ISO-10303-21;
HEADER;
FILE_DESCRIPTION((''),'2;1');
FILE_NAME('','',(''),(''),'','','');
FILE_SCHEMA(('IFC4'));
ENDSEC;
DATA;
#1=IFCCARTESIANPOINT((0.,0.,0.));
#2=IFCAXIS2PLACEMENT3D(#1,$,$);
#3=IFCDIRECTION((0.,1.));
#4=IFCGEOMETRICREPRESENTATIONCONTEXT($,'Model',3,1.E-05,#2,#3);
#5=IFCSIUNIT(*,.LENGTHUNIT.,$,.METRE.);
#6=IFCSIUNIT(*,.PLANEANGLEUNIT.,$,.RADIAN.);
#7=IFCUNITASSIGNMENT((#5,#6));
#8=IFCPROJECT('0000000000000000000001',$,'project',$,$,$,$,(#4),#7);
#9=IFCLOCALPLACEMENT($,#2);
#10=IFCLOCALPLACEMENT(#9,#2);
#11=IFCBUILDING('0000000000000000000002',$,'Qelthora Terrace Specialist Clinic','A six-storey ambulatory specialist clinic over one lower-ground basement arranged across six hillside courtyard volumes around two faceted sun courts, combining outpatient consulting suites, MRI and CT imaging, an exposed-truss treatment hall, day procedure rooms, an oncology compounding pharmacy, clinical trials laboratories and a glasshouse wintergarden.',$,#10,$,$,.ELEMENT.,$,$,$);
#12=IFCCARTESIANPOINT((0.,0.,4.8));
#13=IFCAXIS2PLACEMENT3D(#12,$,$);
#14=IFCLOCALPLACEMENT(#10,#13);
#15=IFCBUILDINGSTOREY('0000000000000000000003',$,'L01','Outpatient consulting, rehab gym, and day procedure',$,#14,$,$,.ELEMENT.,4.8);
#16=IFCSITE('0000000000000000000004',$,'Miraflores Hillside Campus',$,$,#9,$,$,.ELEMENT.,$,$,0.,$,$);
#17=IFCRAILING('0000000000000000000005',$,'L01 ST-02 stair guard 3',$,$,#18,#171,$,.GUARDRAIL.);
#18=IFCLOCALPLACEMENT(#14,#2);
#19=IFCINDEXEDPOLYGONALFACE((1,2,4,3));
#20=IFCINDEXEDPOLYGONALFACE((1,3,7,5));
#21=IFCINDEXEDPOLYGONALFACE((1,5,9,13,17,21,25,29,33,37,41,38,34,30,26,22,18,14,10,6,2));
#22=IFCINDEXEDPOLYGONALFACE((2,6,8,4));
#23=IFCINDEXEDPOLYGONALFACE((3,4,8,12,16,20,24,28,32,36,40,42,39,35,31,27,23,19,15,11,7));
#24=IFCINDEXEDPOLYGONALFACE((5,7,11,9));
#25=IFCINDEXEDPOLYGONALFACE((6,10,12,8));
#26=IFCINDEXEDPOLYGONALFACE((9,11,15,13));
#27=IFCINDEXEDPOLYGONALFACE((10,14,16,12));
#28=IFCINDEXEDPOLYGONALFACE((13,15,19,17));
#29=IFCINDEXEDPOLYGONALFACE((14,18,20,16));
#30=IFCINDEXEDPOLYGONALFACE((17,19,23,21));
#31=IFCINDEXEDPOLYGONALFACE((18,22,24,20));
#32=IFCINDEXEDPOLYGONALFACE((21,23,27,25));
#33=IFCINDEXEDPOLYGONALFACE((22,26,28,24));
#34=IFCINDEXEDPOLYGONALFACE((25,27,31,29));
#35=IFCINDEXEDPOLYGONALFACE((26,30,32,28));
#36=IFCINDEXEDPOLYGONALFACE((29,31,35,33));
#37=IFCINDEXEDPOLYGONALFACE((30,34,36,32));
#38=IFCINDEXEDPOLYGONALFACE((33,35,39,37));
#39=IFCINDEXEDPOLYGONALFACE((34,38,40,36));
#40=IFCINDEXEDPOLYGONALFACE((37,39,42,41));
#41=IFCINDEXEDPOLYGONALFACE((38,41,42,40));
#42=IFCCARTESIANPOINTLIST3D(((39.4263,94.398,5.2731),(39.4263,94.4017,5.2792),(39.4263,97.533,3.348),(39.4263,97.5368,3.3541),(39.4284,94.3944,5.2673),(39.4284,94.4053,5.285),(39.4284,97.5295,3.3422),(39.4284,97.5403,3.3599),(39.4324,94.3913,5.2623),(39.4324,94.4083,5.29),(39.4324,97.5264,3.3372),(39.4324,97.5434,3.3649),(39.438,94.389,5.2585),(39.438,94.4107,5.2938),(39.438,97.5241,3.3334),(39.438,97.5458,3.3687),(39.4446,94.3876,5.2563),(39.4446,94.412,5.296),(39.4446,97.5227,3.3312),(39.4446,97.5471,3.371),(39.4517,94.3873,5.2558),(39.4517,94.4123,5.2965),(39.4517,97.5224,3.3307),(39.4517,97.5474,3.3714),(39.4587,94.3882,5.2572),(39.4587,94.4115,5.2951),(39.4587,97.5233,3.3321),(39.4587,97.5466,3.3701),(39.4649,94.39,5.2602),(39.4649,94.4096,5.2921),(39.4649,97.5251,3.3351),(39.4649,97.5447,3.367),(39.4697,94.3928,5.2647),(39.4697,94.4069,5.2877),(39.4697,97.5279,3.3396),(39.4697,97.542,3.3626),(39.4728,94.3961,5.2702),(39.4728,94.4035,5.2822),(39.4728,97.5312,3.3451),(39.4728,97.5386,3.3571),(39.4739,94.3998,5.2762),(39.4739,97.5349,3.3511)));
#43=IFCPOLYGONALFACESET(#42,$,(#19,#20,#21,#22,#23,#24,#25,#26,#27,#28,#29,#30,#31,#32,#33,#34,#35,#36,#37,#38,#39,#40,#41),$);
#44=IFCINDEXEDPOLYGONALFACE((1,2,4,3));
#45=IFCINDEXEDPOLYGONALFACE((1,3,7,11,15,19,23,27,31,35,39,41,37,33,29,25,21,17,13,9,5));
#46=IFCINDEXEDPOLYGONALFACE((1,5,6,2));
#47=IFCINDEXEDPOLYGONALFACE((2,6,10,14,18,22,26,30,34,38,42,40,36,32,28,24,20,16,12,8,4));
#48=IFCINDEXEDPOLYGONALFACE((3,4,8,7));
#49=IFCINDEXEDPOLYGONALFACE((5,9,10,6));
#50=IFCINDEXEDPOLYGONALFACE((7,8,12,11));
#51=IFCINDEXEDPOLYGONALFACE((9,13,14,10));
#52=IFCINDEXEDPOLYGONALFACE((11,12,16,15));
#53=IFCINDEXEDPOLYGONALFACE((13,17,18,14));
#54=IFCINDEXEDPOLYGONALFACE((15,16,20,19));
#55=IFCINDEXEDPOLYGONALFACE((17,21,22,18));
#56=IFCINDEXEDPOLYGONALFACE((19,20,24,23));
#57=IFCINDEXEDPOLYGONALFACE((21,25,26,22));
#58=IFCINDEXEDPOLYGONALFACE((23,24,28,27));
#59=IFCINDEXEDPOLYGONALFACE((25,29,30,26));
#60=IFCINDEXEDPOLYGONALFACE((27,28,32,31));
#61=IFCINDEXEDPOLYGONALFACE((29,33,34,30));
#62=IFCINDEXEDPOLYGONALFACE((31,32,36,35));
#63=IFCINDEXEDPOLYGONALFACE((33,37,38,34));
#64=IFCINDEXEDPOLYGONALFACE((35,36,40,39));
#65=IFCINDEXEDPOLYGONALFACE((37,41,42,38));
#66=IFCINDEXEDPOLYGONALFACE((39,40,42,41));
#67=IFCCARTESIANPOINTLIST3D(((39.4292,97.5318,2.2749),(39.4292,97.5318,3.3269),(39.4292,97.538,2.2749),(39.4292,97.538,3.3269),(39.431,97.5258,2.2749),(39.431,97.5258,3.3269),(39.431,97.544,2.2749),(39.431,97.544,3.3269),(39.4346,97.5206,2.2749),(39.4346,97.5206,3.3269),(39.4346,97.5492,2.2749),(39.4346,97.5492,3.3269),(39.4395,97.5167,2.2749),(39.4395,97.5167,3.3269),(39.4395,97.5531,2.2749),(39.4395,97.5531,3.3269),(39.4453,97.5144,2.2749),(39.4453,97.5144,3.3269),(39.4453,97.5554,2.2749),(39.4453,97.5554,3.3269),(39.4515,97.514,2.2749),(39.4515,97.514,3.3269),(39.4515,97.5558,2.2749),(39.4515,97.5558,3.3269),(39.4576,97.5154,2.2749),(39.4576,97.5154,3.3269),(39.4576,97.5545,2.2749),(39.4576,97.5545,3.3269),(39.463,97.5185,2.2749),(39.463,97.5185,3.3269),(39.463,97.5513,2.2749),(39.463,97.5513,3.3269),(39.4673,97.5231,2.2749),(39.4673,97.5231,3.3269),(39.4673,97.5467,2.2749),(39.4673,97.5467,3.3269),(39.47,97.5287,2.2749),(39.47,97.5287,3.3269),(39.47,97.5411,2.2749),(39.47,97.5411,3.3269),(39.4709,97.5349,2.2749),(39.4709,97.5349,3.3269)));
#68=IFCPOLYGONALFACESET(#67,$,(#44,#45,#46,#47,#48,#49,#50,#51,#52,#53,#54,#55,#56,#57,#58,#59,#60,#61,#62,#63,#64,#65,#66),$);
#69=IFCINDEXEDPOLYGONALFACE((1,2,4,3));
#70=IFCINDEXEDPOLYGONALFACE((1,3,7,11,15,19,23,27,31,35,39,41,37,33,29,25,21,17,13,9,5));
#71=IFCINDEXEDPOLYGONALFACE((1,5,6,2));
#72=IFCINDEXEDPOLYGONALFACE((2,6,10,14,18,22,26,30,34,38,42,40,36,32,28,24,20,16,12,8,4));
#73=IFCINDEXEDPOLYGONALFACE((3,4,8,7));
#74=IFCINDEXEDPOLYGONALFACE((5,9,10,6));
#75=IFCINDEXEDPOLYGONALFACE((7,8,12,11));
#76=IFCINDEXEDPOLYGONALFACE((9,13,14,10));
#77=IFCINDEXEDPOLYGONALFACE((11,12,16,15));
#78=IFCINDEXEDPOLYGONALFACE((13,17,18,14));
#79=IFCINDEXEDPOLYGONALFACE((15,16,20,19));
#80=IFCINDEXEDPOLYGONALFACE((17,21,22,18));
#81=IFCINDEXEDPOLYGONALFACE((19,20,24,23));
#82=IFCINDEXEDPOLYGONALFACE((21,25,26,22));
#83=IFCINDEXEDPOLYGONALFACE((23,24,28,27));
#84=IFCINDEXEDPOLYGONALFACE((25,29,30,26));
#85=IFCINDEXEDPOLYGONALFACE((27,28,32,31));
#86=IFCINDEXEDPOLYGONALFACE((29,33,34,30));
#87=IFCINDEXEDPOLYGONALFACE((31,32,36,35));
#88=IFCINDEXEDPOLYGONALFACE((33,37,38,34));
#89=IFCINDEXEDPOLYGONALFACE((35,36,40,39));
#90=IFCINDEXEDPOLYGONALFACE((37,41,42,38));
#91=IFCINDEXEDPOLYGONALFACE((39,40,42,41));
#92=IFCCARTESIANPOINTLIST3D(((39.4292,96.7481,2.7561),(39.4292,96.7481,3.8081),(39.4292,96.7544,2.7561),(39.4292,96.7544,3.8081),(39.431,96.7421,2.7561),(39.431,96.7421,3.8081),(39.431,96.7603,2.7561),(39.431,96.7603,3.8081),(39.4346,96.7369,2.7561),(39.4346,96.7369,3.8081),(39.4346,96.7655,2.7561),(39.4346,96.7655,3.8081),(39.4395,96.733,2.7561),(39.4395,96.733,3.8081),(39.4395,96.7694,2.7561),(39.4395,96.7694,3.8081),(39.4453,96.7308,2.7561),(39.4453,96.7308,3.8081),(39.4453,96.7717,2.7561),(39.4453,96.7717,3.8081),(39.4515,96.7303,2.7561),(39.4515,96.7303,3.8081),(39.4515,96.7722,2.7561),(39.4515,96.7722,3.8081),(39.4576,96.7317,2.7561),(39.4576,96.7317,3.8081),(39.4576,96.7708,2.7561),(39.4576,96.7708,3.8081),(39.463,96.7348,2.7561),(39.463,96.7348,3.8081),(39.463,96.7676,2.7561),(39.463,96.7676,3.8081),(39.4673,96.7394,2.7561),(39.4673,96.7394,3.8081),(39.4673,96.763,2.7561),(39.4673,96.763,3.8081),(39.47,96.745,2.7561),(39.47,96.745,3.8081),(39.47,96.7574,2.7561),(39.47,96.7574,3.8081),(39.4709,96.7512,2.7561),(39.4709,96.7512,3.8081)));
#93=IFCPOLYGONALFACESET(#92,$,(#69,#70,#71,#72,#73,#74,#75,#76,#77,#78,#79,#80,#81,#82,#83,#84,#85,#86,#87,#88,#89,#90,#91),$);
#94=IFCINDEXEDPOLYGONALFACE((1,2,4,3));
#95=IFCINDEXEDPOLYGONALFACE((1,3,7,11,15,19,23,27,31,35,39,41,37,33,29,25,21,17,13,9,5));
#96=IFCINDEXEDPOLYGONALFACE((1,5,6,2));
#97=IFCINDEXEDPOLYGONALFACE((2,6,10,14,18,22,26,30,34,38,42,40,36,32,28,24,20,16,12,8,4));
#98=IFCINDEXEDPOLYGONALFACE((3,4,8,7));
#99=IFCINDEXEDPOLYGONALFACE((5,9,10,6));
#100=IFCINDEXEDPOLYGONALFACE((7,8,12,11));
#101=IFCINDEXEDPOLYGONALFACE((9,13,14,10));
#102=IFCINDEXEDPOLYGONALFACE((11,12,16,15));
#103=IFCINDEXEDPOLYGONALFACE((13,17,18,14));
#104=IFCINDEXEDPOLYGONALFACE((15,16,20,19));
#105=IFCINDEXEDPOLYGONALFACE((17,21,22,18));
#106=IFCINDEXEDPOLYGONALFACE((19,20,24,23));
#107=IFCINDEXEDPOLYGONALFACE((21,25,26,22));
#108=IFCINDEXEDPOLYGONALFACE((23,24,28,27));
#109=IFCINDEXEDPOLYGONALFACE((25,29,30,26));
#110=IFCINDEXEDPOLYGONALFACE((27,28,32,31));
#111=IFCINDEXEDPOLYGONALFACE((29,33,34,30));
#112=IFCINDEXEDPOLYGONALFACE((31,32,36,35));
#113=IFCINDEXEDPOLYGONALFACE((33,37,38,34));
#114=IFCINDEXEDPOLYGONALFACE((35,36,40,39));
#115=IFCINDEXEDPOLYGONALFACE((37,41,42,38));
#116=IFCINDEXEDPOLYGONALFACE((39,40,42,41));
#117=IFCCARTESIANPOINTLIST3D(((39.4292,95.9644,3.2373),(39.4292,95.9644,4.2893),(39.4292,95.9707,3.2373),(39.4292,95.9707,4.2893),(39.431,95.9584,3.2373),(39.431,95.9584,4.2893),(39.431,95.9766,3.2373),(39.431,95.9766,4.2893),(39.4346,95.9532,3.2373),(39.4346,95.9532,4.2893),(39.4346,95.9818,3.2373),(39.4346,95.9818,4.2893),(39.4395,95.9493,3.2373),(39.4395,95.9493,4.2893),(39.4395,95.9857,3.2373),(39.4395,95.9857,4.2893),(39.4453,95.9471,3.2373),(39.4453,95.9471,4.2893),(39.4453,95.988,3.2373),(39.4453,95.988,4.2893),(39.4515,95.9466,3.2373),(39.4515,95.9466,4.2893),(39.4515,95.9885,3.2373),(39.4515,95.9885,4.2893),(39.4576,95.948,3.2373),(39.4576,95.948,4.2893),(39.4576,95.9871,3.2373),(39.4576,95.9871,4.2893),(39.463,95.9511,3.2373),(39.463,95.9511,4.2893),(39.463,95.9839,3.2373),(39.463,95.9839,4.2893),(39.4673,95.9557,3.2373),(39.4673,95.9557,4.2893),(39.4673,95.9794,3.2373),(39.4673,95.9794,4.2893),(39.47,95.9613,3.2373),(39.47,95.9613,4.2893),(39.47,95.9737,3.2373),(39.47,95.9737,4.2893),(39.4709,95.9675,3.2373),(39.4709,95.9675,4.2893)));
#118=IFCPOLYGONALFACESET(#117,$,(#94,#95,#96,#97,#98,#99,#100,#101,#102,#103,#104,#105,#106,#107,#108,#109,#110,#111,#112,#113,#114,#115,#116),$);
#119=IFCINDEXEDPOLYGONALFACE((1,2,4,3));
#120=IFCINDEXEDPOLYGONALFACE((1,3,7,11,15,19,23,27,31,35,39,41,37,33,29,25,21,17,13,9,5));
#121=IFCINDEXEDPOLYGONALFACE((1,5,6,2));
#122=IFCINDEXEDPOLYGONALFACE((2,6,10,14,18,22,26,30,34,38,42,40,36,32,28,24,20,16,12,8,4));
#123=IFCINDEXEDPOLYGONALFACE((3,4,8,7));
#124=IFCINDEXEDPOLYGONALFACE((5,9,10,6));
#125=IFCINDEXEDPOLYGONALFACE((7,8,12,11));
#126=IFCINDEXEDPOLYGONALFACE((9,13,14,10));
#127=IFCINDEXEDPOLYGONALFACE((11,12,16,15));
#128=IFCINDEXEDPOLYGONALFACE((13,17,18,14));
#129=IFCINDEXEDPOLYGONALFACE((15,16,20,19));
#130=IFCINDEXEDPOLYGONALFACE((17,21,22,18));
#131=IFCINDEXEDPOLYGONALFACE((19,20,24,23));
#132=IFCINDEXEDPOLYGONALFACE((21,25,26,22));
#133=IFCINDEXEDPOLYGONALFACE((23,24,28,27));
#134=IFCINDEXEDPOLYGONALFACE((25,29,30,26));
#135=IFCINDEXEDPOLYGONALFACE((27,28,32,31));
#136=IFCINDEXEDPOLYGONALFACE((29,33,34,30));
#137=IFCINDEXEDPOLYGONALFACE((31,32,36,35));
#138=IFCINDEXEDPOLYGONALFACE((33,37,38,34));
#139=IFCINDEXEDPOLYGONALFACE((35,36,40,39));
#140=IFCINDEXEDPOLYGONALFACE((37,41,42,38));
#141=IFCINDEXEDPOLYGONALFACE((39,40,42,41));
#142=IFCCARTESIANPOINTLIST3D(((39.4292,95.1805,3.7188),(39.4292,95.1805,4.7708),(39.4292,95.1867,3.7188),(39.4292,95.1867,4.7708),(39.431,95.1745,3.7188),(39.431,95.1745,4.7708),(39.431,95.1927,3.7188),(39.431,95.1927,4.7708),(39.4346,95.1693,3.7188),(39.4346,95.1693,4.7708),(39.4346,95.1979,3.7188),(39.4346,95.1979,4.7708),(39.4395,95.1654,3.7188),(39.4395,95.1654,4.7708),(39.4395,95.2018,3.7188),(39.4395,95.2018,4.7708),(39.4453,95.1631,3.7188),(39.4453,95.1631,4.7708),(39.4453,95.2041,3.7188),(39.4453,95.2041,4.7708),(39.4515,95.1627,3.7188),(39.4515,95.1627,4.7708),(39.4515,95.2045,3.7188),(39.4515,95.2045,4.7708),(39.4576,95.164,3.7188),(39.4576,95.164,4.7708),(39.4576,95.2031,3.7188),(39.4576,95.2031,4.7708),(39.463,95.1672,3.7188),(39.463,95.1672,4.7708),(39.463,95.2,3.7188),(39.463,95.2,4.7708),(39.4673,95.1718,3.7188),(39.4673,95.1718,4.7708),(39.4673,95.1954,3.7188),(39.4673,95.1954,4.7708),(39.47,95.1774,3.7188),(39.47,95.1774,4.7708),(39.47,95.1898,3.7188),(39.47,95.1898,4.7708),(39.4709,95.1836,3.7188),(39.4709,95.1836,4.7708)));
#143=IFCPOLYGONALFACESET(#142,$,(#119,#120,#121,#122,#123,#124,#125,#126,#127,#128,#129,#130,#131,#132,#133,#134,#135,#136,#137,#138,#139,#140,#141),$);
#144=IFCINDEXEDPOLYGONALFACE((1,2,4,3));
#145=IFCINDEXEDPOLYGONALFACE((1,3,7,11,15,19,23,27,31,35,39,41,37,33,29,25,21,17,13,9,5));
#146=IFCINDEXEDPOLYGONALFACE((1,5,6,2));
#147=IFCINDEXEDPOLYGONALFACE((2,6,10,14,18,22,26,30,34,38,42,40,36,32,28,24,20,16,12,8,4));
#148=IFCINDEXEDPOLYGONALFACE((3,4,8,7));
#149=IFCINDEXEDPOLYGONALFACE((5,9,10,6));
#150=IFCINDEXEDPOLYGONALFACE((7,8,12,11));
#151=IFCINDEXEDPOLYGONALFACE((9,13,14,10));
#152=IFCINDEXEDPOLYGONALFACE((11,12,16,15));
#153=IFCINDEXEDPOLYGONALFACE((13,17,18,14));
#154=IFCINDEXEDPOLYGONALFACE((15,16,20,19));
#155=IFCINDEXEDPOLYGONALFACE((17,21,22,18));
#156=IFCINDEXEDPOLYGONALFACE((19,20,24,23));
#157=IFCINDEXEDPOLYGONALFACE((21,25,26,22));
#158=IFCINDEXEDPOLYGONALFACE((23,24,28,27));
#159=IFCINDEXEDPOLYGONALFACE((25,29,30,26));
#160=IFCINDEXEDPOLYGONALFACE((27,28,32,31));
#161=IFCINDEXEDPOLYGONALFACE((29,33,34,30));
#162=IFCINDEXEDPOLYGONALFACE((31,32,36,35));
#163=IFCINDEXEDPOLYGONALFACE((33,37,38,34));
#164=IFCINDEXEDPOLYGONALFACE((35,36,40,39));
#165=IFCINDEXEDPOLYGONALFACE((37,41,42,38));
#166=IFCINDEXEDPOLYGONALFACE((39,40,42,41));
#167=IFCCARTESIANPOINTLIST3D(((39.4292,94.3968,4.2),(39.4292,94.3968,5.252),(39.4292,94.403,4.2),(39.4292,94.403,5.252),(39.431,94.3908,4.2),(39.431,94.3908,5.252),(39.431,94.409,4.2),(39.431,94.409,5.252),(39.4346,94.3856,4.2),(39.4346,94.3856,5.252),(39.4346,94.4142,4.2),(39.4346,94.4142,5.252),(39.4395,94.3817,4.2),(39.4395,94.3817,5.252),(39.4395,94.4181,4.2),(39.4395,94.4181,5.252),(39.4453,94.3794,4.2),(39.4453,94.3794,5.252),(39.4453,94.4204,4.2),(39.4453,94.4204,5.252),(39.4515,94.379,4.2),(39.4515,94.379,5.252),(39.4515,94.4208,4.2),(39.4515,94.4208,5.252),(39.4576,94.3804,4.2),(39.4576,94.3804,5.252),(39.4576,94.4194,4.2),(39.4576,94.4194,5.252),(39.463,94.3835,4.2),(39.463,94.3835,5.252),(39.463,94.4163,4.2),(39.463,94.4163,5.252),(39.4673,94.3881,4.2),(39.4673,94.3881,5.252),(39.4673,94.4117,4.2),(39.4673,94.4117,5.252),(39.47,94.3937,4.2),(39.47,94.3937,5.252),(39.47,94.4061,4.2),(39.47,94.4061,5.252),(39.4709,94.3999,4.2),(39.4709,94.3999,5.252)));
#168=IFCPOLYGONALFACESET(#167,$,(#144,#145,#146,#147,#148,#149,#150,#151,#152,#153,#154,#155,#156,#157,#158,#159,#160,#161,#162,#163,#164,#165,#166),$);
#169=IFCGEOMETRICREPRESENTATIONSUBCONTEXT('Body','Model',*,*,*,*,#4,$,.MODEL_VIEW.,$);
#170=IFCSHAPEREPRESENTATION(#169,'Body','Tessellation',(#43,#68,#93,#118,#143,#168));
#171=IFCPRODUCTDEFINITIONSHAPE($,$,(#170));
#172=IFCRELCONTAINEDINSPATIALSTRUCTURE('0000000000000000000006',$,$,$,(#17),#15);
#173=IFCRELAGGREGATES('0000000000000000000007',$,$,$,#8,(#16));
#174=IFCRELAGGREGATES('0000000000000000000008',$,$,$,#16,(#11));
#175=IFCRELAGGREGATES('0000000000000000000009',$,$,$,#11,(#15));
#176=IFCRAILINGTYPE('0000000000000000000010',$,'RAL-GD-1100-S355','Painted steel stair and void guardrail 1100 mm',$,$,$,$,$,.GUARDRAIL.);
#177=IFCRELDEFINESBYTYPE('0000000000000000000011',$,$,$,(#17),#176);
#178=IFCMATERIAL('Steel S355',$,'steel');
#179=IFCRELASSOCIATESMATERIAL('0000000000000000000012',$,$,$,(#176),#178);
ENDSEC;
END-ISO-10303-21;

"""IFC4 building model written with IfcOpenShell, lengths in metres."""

from ifc_helpers import new_model, si_unit, direction, frame, origin, origin_2d, place, context, subcontext, project, spatial, circle, extrude, material, type_object, element, save


model = new_model("IFC4")

# Units and contexts
model_context = context("Model", 3, precision=1e-05, world=origin(), true_north=direction((0.0, 1.0)))
body_context = subcontext(model_context, "Body", "Model", "MODEL_VIEW")
ifc_project = project(units=[si_unit("LENGTHUNIT", "METRE"), si_unit("PLANEANGLEUNIT", "RADIAN")], contexts=[model_context])

# Site, building, storey
site_placement = place(None, origin())
site = spatial("IfcSite", under=ifc_project, at=site_placement, Name="Miraflores Hillside Campus", CompositionType="ELEMENT", RefElevation=0.0)
building_placement = place(site_placement, origin())
building = spatial("IfcBuilding", under=site, at=building_placement, Name="Qelthora Terrace Specialist Clinic", Description="A six-storey ambulatory specialist clinic over one lower-ground basement arranged across six hillside courtyard volumes around two faceted sun courts, combining outpatient consulting suites, MRI and CT imaging, an exposed-truss treatment hall, day procedure rooms, an oncology compounding pharmacy, clinical trials laboratories and a glasshouse wintergarden.", CompositionType="ELEMENT")
storey_placement = place(building_placement, frame((0.0, 0.0, 4.8)))
storey = spatial("IfcBuildingStorey", under=building, at=storey_placement, Name="L01", Description="Outpatient consulting, rehab gym, and day procedure", CompositionType="ELEMENT", Elevation=4.8)

# Shared definitions
ifc_material_1 = material(Name="Steel S355", Category="steel")

# Railing
railing_type_1 = type_object("IfcRailingType", Name="RAL-GD-1100-S355", Description="Painted steel stair and void guardrail 1100 mm", PredefinedType="GUARDRAIL", material=ifc_material_1)
railing_1_placement = place(storey_placement, frame((39.45, 97.5349, 2.2749)))
element("IfcRailing", 1, at=railing_1_placement, inside=storey, type_object=railing_type_1, Name="L01 ST-02 stair guard 3", PredefinedType="GUARDRAIL", context=body_context, shape_type="SweptSolid", body=[
    extrude(circle(Radius=0.0239, at=origin_2d()), frame((0.0, 0.0, 1.0762), z_axis=(0.0, -0.852166, 0.523271), x_axis=(1.0, 0.0, 0.0)), (0.0, 0.0, 1.0), 3.679),
    extrude(circle(Radius=0.021, at=origin_2d()), origin(), (0.0, 0.0, 1.0), 1.052),
    extrude(circle(Radius=0.021, at=origin_2d()), frame((0.0, -0.7837, 0.4812)), (0.0, 0.0, 1.0), 1.052),
    extrude(circle(Radius=0.021, at=origin_2d()), frame((0.0, -1.5674, 0.9624)), (0.0, 0.0, 1.0), 1.052),
    extrude(circle(Radius=0.021, at=origin_2d()), frame((0.0, -2.3513, 1.4438)), (0.0, 0.0, 1.0), 1.052),
    extrude(circle(Radius=0.021, at=origin_2d()), frame((0.0, -3.135, 1.925)), (0.0, 0.0, 1.0), 1.052),
])

save(model, "model.ifc")
